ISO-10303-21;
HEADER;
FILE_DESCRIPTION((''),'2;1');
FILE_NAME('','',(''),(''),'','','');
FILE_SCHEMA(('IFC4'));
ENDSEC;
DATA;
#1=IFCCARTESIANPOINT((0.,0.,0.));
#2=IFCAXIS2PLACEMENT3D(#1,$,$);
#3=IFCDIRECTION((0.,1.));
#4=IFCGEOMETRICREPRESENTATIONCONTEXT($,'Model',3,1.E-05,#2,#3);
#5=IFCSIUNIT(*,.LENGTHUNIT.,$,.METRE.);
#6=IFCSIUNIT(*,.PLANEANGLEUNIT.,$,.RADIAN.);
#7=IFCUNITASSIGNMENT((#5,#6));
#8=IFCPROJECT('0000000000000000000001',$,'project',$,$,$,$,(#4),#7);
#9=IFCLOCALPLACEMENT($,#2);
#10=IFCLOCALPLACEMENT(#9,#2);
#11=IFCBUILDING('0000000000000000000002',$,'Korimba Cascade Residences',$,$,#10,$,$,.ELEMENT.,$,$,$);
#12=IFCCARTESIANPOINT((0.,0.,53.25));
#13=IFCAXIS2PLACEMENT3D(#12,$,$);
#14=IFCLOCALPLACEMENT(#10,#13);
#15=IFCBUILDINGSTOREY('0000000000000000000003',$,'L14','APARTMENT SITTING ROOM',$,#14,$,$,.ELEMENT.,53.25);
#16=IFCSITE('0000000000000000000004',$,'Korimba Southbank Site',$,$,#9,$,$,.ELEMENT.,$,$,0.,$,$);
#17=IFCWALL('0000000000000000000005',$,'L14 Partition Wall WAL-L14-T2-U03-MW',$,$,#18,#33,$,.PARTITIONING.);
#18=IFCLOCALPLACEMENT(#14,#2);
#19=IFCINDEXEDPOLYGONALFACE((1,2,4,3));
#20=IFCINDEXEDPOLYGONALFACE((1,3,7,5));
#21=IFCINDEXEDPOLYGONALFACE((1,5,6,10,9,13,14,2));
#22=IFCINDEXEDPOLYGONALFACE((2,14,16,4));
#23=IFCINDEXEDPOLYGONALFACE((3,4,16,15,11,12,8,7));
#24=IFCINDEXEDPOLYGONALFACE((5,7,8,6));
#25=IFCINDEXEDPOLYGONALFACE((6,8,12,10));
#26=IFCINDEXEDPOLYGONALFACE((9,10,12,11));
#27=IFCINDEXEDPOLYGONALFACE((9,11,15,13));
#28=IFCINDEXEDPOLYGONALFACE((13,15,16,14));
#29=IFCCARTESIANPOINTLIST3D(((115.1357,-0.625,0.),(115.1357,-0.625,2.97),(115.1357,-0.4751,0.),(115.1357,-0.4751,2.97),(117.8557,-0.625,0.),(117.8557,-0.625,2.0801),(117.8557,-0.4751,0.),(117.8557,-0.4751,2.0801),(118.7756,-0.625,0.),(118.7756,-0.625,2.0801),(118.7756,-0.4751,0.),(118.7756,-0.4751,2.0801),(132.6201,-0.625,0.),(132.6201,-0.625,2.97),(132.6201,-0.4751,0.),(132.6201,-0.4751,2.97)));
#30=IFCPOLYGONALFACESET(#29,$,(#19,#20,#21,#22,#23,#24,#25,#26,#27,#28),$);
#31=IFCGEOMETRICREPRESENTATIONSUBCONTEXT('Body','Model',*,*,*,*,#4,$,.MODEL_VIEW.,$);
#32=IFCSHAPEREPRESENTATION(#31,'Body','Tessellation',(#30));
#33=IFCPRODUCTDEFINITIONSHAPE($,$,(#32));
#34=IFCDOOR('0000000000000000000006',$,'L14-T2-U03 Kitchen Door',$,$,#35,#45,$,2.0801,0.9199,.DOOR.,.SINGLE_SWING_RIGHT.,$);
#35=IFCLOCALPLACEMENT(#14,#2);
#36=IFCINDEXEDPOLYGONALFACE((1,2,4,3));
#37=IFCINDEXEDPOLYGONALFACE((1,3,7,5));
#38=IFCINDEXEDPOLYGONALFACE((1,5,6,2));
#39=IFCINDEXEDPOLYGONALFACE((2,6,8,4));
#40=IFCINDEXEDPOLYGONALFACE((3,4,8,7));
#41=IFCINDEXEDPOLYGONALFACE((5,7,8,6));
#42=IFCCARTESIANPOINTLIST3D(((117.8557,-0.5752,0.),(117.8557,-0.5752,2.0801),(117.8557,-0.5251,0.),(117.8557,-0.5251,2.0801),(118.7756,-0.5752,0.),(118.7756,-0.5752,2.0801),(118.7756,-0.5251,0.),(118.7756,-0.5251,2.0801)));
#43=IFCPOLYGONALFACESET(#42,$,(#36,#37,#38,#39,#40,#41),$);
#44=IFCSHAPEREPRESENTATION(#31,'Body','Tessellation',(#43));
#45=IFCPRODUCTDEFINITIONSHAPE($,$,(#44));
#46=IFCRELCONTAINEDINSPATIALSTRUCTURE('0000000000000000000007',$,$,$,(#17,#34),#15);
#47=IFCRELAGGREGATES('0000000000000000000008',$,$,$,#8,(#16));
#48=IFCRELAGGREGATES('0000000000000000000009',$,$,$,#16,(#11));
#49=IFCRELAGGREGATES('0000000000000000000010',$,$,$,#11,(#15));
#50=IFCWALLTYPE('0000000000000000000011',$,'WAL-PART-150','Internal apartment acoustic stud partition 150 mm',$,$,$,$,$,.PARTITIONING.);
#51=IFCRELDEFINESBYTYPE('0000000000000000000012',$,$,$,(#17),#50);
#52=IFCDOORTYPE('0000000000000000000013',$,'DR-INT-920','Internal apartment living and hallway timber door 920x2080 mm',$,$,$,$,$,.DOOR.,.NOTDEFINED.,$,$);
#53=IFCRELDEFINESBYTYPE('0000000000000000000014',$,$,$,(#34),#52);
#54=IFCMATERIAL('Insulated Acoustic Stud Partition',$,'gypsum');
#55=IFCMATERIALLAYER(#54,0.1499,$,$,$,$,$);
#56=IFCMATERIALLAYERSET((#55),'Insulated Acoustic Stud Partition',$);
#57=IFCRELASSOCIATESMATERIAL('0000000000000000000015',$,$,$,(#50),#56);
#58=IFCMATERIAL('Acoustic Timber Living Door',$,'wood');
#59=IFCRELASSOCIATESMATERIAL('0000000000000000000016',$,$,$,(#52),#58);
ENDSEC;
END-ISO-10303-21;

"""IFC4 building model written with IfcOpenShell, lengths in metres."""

from ifc_helpers import new_model, si_unit, direction, frame, frame_2d, origin, place, context, subcontext, project, spatial, rectangle, extrude, material, layer, layer_set, type_object, element, fill, save


model = new_model("IFC4")

# Units and contexts
model_context = context("Model", 3, precision=1e-05, world=origin(), true_north=direction((0.0, 1.0)))
body_context = subcontext(model_context, "Body", "Model", "MODEL_VIEW")
ifc_project = project(units=[si_unit("LENGTHUNIT", "METRE"), si_unit("PLANEANGLEUNIT", "RADIAN")], contexts=[model_context])

# Site, building, storey
site_placement = place(None, origin())
site = spatial("IfcSite", under=ifc_project, at=site_placement, Name="Korimba Southbank Site", CompositionType="ELEMENT", RefElevation=0.0)
building_placement = place(site_placement, origin())
building = spatial("IfcBuilding", under=site, at=building_placement, Name="Korimba Cascade Residences", CompositionType="ELEMENT")
storey_placement = place(building_placement, frame((0.0, 0.0, 53.25)))
storey = spatial("IfcBuildingStorey", under=building, at=storey_placement, Name="L14", Description="APARTMENT SITTING ROOM", CompositionType="ELEMENT", Elevation=53.25)

# Shared definitions
ifc_material_1 = material(Name="Insulated Acoustic Stud Partition", Category="gypsum")
ifc_layer = layer(ifc_material_1, 0.1499)
ifc_layer_set = layer_set([ifc_layer], Name="Insulated Acoustic Stud Partition")
wall_type = type_object("IfcWallType", Name="WAL-PART-150", Description="Internal apartment acoustic stud partition 150 mm", PredefinedType="PARTITIONING", material=ifc_layer_set)

# Wall, opening, door
wall_1_placement = place(storey_placement, frame((115.1357, -0.55, 0.0), z_axis=(0.0, 0.0, 1.0), x_axis=(1.0, 0.0, 0.0)))
wall_1 = element("IfcWall", 1, at=wall_1_placement, inside=storey, type_object=wall_type, Name="L14 Partition Wall WAL-L14-T2-U03-MW", PredefinedType="PARTITIONING", context=body_context, shape_type="SweptSolid", body=[
    extrude(rectangle(XDim=17.4844, YDim=0.1499, at=frame_2d((8.7422, 0.0))), origin(), (0.0, 0.0, 1.0), 2.97),
])
opening_1_placement = place(wall_1_placement, frame((2.72, 0.0, 0.0)))
opening_1 = element("IfcOpeningElement", 2, at=opening_1_placement, cuts=wall_1, PredefinedType="OPENING", context=body_context, shape_type="SweptSolid", body=[
    extrude(rectangle(XDim=0.9199, YDim=2.0801, at=frame_2d((0.46, 1.04))), frame((0.0, 0.085, 0.0), z_axis=(0.0, -1.0, 0.0), x_axis=(1.0, 0.0, 0.0)), (0.0, 0.0, 1.0), 0.1699),
])
ifc_material_2 = material(Name="Acoustic Timber Living Door", Category="wood")
door_type_1 = type_object("IfcDoorType", Name="DR-INT-920", Description="Internal apartment living and hallway timber door 920x2080 mm", OperationType="NOTDEFINED", PredefinedType="DOOR", material=ifc_material_2)
door_1_placement = place(opening_1_placement, origin())
door_1 = element("IfcDoor", 3, at=door_1_placement, inside=storey, type_object=door_type_1, Name="L14-T2-U03 Kitchen Door", OperationType="SINGLE_SWING_RIGHT", OverallHeight=2.0801, OverallWidth=0.9199, PredefinedType="DOOR", context=body_context, shape_type="SweptSolid", body=[
    extrude(rectangle(XDim=0.9199, YDim=2.0801, at=frame_2d((0.46, 1.04))), frame((0.0, 0.0249, 0.0), z_axis=(0.0, -1.0, 0.0), x_axis=(1.0, 0.0, 0.0)), (0.0, 0.0, 1.0), 0.05),
])
fill(opening_1, door_1)

save(model, "model.ifc")
